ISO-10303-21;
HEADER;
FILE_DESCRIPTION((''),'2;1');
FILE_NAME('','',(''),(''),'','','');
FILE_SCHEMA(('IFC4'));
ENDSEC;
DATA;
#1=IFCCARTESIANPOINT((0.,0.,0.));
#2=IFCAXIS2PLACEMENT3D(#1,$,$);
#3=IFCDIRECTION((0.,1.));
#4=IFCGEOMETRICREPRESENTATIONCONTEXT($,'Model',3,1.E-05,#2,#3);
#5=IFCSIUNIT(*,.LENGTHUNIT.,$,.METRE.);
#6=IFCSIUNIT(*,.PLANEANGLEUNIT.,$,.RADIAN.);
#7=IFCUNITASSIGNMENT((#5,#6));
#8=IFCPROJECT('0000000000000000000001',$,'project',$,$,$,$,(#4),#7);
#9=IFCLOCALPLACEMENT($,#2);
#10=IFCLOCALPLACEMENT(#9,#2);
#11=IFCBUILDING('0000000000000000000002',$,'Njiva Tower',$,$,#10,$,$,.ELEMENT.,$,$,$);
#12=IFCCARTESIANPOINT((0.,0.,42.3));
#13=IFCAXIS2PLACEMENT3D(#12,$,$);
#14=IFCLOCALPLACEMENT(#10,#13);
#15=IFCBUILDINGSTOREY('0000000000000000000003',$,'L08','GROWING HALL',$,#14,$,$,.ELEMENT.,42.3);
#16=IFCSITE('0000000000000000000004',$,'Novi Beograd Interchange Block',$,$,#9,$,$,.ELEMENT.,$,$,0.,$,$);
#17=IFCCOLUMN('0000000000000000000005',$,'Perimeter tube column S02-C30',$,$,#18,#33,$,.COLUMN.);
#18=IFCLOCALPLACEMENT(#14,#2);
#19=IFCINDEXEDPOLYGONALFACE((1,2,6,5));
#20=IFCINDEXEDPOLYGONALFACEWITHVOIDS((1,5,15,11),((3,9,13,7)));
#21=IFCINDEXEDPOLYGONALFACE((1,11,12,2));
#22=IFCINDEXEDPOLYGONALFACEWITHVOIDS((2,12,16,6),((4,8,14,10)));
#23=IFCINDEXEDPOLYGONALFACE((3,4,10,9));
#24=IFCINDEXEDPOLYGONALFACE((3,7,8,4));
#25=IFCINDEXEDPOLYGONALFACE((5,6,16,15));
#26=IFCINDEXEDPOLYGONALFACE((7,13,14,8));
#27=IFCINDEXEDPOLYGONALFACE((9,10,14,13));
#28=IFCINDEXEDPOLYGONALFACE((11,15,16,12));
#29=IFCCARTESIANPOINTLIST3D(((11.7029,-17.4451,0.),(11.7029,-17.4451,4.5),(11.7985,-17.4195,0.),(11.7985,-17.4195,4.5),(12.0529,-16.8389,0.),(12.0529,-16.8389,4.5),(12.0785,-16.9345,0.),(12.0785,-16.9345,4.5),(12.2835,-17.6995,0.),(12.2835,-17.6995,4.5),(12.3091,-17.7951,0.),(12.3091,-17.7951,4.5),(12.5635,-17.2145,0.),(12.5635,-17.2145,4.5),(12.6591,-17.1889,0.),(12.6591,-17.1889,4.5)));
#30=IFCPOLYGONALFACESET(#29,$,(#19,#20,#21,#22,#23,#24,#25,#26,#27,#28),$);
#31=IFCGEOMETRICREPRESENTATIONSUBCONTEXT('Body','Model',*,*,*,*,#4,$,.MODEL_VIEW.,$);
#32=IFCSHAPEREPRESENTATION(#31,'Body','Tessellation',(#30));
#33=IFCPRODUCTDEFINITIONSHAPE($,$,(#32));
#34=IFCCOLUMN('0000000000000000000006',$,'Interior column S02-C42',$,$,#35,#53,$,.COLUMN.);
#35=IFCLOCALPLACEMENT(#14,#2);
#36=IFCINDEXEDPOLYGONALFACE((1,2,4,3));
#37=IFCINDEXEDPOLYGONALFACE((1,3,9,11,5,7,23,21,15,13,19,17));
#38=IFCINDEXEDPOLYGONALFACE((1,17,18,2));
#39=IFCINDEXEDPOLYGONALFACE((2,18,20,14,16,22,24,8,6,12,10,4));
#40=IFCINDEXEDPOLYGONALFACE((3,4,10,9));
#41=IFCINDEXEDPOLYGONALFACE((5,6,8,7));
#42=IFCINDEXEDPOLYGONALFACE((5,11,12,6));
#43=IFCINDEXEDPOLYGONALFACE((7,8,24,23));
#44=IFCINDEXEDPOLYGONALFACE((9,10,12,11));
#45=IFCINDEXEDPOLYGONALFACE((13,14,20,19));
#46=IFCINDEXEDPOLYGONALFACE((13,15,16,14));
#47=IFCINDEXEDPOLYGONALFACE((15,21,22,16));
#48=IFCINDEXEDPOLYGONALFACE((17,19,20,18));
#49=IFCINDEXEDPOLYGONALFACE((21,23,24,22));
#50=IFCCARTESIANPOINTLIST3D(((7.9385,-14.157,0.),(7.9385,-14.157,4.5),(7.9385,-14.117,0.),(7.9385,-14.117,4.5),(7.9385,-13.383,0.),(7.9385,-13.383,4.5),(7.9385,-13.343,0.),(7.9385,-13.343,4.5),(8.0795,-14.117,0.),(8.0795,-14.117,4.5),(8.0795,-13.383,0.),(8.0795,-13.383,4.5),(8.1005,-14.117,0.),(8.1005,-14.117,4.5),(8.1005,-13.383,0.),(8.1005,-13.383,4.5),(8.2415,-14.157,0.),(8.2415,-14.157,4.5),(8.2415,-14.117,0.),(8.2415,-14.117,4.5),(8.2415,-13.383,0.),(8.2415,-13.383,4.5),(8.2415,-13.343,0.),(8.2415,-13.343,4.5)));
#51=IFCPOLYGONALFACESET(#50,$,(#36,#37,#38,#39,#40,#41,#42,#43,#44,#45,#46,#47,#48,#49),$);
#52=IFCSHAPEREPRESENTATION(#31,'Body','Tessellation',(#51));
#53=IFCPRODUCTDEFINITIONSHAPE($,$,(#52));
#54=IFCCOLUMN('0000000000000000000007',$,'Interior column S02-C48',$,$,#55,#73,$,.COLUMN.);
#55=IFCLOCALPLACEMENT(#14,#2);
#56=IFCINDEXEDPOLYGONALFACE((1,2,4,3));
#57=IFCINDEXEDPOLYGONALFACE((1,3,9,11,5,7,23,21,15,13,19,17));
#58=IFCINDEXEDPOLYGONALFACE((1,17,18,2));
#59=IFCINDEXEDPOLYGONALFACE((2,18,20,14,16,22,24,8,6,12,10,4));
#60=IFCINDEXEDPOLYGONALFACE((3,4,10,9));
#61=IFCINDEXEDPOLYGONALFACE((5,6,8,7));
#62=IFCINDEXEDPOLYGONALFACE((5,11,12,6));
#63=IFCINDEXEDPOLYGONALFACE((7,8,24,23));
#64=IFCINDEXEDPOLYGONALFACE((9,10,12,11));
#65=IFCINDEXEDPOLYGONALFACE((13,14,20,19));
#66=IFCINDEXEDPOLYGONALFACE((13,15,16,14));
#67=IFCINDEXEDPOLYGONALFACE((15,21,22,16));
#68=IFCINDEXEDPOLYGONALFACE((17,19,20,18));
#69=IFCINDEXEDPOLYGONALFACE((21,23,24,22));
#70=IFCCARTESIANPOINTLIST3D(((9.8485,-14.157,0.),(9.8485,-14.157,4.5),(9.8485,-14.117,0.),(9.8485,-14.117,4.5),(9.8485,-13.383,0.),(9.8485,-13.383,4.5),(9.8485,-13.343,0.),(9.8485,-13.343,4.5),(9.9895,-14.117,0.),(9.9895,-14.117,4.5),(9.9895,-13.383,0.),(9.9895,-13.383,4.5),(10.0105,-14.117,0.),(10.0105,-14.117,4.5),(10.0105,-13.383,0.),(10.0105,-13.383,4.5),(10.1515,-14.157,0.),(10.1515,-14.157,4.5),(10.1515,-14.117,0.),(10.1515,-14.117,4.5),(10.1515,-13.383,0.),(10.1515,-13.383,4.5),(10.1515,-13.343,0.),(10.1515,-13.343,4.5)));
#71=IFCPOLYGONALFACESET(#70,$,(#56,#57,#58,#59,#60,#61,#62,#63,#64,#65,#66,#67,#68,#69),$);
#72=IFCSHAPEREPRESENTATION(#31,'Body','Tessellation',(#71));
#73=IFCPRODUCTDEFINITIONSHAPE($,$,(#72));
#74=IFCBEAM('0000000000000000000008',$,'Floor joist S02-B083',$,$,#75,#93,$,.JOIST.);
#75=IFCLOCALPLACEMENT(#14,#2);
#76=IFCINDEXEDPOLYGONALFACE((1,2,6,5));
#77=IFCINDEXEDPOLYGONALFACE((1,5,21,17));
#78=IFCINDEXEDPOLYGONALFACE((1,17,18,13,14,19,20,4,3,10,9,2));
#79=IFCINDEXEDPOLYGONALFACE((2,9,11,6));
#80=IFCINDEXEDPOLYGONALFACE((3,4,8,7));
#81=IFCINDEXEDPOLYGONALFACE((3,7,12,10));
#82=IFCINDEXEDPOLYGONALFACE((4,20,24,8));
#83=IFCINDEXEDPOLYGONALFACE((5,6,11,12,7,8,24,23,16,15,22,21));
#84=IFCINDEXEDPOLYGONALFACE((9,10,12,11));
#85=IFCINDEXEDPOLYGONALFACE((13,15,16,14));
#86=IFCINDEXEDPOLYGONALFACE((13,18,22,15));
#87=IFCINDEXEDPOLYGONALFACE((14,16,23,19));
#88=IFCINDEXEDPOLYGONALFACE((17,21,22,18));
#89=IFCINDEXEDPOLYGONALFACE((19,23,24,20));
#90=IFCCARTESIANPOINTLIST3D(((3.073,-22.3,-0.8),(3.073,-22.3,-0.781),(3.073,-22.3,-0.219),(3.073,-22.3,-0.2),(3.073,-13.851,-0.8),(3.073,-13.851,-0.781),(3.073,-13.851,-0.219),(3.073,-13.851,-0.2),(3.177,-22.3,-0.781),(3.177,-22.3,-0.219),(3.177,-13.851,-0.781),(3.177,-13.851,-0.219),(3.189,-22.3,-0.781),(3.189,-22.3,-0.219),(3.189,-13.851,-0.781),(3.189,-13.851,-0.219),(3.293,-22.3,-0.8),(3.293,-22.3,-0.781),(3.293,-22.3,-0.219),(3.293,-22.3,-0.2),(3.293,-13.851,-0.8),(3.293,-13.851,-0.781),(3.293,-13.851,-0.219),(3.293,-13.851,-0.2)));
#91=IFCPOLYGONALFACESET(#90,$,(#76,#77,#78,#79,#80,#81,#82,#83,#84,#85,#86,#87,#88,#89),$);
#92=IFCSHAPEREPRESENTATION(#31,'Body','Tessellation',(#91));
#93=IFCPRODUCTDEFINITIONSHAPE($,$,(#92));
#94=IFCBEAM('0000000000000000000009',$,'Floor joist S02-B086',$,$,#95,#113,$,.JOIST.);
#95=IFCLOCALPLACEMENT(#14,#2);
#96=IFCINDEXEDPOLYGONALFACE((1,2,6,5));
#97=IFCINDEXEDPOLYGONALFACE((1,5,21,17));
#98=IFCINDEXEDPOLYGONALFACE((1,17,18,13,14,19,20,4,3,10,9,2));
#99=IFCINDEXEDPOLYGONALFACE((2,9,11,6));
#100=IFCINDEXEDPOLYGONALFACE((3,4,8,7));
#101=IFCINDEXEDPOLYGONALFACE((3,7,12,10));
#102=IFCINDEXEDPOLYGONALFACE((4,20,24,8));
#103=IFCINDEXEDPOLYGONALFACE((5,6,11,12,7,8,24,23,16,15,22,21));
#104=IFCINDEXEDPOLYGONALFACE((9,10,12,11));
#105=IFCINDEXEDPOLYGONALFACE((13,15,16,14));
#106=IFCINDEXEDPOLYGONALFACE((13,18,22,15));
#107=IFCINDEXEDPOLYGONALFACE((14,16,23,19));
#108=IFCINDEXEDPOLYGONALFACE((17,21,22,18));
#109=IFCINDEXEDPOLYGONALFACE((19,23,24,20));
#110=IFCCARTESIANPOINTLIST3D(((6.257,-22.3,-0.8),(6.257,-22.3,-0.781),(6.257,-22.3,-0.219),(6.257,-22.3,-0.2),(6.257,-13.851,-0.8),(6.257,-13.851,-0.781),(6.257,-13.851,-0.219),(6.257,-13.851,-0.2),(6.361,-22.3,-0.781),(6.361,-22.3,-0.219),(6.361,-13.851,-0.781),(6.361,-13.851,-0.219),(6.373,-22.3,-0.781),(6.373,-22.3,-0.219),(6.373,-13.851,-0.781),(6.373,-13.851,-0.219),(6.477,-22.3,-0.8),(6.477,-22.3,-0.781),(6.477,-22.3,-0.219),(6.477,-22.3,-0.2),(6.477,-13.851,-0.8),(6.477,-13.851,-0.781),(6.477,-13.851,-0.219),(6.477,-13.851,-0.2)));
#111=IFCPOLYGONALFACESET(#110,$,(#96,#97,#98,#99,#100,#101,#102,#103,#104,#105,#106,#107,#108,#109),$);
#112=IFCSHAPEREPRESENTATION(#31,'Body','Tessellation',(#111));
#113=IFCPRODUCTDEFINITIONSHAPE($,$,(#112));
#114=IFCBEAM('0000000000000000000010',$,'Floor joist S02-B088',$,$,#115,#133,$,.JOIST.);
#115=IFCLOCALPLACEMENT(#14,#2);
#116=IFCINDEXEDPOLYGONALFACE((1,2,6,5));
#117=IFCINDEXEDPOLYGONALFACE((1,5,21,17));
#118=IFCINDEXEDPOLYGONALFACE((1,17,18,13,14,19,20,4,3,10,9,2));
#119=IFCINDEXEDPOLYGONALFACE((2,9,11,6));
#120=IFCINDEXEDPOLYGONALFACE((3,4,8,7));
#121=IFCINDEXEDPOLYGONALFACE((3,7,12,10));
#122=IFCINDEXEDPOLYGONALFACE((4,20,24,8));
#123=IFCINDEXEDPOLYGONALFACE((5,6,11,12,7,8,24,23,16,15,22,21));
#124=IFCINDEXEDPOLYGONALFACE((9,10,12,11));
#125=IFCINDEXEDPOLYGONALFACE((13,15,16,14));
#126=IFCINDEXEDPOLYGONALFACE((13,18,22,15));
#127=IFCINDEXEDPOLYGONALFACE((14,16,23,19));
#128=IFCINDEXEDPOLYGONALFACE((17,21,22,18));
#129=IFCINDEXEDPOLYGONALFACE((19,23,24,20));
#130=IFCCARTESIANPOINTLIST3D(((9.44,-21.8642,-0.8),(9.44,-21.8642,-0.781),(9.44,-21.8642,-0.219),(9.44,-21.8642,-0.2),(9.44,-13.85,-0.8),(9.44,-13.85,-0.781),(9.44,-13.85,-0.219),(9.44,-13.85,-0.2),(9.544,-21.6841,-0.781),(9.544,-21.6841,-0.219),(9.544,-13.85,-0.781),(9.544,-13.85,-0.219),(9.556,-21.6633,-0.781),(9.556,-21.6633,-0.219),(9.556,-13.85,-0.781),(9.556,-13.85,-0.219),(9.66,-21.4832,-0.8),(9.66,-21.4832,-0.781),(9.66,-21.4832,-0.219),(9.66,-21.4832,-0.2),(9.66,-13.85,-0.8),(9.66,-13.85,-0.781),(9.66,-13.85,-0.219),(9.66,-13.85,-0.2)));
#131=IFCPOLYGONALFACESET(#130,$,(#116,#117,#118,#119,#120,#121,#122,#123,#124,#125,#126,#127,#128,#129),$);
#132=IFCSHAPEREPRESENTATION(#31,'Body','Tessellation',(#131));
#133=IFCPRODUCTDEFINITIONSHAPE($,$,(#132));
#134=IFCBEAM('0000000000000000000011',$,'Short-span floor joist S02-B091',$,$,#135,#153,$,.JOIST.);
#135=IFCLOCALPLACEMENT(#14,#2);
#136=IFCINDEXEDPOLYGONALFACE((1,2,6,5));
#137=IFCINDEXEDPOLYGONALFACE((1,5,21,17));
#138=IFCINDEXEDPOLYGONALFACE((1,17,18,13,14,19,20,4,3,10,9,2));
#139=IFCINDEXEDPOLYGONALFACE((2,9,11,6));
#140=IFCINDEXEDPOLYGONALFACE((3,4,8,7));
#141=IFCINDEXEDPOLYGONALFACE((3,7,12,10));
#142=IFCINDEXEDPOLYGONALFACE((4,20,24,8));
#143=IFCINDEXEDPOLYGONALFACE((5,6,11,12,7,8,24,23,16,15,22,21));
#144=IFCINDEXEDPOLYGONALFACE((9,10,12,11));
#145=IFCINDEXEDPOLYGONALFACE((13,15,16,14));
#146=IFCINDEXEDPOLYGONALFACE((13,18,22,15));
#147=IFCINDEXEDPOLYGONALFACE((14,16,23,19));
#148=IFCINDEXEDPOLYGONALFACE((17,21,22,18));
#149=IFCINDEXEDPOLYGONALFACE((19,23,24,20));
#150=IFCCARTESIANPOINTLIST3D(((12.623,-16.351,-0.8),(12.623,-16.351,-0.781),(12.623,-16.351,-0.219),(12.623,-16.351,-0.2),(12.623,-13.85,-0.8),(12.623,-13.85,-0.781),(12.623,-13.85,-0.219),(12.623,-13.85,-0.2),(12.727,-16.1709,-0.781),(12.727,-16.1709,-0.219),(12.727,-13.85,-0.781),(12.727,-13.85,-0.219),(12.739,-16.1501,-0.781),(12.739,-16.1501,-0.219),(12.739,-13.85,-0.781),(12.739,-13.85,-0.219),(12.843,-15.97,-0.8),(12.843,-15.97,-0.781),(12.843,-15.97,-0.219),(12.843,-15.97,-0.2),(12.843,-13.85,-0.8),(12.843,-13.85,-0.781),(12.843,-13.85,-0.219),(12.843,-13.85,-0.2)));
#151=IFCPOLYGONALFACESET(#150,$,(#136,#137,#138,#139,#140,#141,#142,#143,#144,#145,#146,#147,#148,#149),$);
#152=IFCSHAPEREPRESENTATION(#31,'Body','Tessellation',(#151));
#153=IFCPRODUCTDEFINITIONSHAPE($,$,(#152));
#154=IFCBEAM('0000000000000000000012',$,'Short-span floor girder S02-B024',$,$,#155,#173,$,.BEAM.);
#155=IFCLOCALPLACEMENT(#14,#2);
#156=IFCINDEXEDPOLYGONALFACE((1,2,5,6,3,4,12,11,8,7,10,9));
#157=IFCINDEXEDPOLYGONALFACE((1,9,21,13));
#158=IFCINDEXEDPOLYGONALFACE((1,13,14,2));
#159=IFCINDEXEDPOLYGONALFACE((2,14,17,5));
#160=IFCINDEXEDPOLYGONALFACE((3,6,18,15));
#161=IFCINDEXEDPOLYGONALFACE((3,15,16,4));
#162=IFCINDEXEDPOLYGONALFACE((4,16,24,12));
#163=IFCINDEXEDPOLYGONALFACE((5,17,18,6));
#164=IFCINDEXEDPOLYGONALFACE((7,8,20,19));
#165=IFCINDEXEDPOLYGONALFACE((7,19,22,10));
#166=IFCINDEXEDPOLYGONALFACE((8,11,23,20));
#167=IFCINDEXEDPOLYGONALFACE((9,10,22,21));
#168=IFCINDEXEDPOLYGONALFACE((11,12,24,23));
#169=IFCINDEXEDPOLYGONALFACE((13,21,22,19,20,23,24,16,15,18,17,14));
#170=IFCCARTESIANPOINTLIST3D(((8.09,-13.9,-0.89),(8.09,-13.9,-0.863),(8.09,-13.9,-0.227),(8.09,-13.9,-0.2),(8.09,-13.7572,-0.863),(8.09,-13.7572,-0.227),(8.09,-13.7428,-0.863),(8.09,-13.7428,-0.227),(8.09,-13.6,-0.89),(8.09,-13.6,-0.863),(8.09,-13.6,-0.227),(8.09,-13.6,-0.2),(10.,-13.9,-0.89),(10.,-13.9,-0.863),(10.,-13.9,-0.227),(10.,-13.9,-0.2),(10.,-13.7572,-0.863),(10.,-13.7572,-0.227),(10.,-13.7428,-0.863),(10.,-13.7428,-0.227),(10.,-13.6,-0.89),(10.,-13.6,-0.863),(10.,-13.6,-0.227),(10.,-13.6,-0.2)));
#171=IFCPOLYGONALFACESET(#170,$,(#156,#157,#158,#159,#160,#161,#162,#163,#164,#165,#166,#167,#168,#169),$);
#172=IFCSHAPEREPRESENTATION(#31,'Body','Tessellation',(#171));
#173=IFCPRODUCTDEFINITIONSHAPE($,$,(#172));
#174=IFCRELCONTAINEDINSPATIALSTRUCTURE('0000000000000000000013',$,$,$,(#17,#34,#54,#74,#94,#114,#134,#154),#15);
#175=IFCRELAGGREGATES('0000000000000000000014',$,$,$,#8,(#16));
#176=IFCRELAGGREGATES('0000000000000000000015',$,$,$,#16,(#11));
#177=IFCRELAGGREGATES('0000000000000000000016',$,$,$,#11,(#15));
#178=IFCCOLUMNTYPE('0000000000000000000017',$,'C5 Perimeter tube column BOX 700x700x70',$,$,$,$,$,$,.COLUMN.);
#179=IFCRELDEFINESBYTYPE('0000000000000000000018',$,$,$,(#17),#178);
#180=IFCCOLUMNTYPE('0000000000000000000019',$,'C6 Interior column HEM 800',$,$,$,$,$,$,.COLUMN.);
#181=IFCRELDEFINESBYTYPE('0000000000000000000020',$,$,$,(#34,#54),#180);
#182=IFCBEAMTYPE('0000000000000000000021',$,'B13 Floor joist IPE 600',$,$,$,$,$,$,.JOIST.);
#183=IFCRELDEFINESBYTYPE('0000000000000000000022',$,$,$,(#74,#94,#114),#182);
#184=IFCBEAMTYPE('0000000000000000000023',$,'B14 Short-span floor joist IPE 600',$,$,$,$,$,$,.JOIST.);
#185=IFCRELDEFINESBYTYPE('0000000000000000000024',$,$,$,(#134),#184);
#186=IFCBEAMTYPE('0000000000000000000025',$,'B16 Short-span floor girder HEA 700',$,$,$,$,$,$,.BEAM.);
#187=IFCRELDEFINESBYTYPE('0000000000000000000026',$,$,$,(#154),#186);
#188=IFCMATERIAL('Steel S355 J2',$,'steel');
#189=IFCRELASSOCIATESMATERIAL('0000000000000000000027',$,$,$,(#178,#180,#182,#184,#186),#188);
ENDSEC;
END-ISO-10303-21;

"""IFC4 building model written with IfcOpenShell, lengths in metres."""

from ifc_helpers import new_model, si_unit, direction, frame, origin, origin_2d, place, context, subcontext, project, spatial, hollow_rectangle, i_section, extrude, clip, halfspace, material, material_profile, profile_set, type_object, element, save


model = new_model("IFC4")

# Units and contexts
model_context = context("Model", 3, precision=1e-05, world=origin(), true_north=direction((0.0, 1.0)))
body_context = subcontext(model_context, "Body", "Model", "MODEL_VIEW")
ifc_project = project(units=[si_unit("LENGTHUNIT", "METRE"), si_unit("PLANEANGLEUNIT", "RADIAN")], contexts=[model_context])

# Site, building, storey
site_placement = place(None, origin())
site = spatial("IfcSite", under=ifc_project, at=site_placement, Name="Novi Beograd Interchange Block", CompositionType="ELEMENT", RefElevation=0.0)
building_placement = place(site_placement, origin())
building = spatial("IfcBuilding", under=site, at=building_placement, Name="Njiva Tower", CompositionType="ELEMENT")
storey_placement = place(building_placement, frame((0.0, 0.0, 42.3)))
storey = spatial("IfcBuildingStorey", under=building, at=storey_placement, Name="L08", Description="GROWING HALL", CompositionType="ELEMENT", Elevation=42.3)

# Columns
ifc_material_1 = material(Name="Steel S355 J2", Category="steel")
ifc_material_profile_1 = material_profile(ifc_material_1, hollow_rectangle(XDim=0.7, YDim=0.7, WallThickness=0.07, at=origin_2d()), Name="BOX 700x700x70")
ifc_profile_set_1 = profile_set([ifc_material_profile_1], Name="Steel S355 J2")
column_type_1 = type_object("IfcColumnType", Name="C5 Perimeter tube column BOX 700x700x70", PredefinedType="COLUMN", material=ifc_profile_set_1)
column_placement = place(storey_placement, frame((12.181, -17.317, 0.0), z_axis=(0.0, 0.0, 1.0), x_axis=(0.5, 0.866025, 0.0)))
element("IfcColumn", 1, at=column_placement, inside=storey, type_object=column_type_1, Name="Perimeter tube column S02-C30", PredefinedType="COLUMN", context=body_context, shape_type="SweptSolid", body=[
    extrude(hollow_rectangle(XDim=0.7, YDim=0.7, WallThickness=0.07, at=origin_2d()), origin(), (0.0, 0.0, 1.0), 4.5),
])
ifc_material_profile_2 = material_profile(ifc_material_1, i_section(OverallWidth=0.303, OverallDepth=0.814, WebThickness=0.021, FlangeThickness=0.04, at=origin_2d()), Name="HEM 800")
ifc_profile_set_2 = profile_set([ifc_material_profile_2], Name="Steel S355 J2")
column_type_2 = type_object("IfcColumnType", Name="C6 Interior column HEM 800", PredefinedType="COLUMN", material=ifc_profile_set_2)
for number, where, z_axis, x_axis, name in (
    (2, (8.09, -13.75, 0.0), (0.0, 0.0, 1.0), (1.0, 0.0, 0.0), "Interior column S02-C42"),
    (3, (10.0, -13.75, 0.0), (0.0, 0.0, 1.0), (1.0, 0.0, 0.0), "Interior column S02-C48"),
):
    element("IfcColumn", number, at=place(storey_placement, frame(where, z_axis=z_axis, x_axis=x_axis)), inside=storey, type_object=column_type_2, Name=name, PredefinedType="COLUMN", context=body_context, shape_type="SweptSolid", body=[
        extrude(i_section(OverallWidth=0.303, OverallDepth=0.814, WebThickness=0.021, FlangeThickness=0.04, at=origin_2d()), origin(), (0.0, 0.0, 1.0), 4.5),
    ])

# Beams
ifc_material_profile_3 = material_profile(ifc_material_1, i_section(OverallWidth=0.22, OverallDepth=0.6, WebThickness=0.012, FlangeThickness=0.019, at=origin_2d()), Name="IPE 600")
ifc_profile_set_3 = profile_set([ifc_material_profile_3], Name="Steel S355 J2")
beam_type_1 = type_object("IfcBeamType", Name="B13 Floor joist IPE 600", PredefinedType="JOIST", material=ifc_profile_set_3)
for number, where, z_axis, x_axis, name in (
    (4, (3.183, -13.851, -0.5), (0.0, -1.0, 0.0), (1.0, 0.0, 0.0), "Floor joist S02-B083"),
    (5, (6.367, -13.851, -0.5), (0.0, -1.0, 0.0), (1.0, 0.0, 0.0), "Floor joist S02-B086"),
):
    element("IfcBeam", number, at=place(storey_placement, frame(where, z_axis=z_axis, x_axis=x_axis)), inside=storey, type_object=beam_type_1, Name=name, PredefinedType="JOIST", context=body_context, shape_type="SweptSolid", body=[
        extrude(i_section(OverallWidth=0.22, OverallDepth=0.6, WebThickness=0.012, FlangeThickness=0.019, at=origin_2d()), origin(), (0.0, 0.0, 1.0), 8.449),
    ])
beam_1_placement = place(storey_placement, frame((9.55, -13.85, -0.5), z_axis=(0.0, -1.0, 0.0), x_axis=(1.0, 0.0, 0.0)))
element("IfcBeam", 6, at=beam_1_placement, inside=storey, type_object=beam_type_1, Name="Floor joist S02-B088", PredefinedType="JOIST", context=body_context, shape_type="Clipping", body=[
    clip(extrude(i_section(OverallWidth=0.22, OverallDepth=0.6, WebThickness=0.012, FlangeThickness=0.019, at=origin_2d()), origin(), (0.0, 0.0, 1.0), 8.035), halfspace(frame((0.0433, 0.0, 7.7487), z_axis=(0.866027, 0.0, 0.499998), x_axis=(0.0, 1.0, 0.0)), False)),
])
ifc_material_profile_4 = material_profile(ifc_material_1, i_section(OverallWidth=0.22, OverallDepth=0.6, WebThickness=0.012, FlangeThickness=0.019, at=origin_2d()), Name="IPE 600")
ifc_profile_set_4 = profile_set([ifc_material_profile_4], Name="Steel S355 J2")
beam_type_2 = type_object("IfcBeamType", Name="B14 Short-span floor joist IPE 600", PredefinedType="JOIST", material=ifc_profile_set_4)
beam_2_placement = place(storey_placement, frame((12.733, -13.85, -0.5), z_axis=(0.0, -1.0, 0.0), x_axis=(1.0, 0.0, 0.0)))
element("IfcBeam", 7, at=beam_2_placement, inside=storey, type_object=beam_type_2, Name="Short-span floor joist S02-B091", PredefinedType="JOIST", context=body_context, shape_type="Clipping", body=[
    clip(extrude(i_section(OverallWidth=0.22, OverallDepth=0.6, WebThickness=0.012, FlangeThickness=0.019, at=origin_2d()), origin(), (0.0, 0.0, 1.0), 2.521), halfspace(frame((0.0436, 0.0, 2.235), z_axis=(0.866027, 0.0, 0.499998), x_axis=(0.0, 1.0, 0.0)), False)),
])
ifc_material_profile_5 = material_profile(ifc_material_1, i_section(OverallWidth=0.3, OverallDepth=0.69, WebThickness=0.0145, FlangeThickness=0.027, at=origin_2d()), Name="HEA 700")
ifc_profile_set_5 = profile_set([ifc_material_profile_5], Name="Steel S355 J2")
beam_type_3 = type_object("IfcBeamType", Name="B16 Short-span floor girder HEA 700", PredefinedType="BEAM", material=ifc_profile_set_5)
beam_3_placement = place(storey_placement, frame((8.09, -13.75, -0.545), z_axis=(1.0, 0.0, 0.0), x_axis=(0.0, 1.0, 0.0)))
element("IfcBeam", 8, at=beam_3_placement, inside=storey, type_object=beam_type_3, Name="Short-span floor girder S02-B024", PredefinedType="BEAM", context=body_context, shape_type="SweptSolid", body=[
    extrude(i_section(OverallWidth=0.3, OverallDepth=0.69, WebThickness=0.0145, FlangeThickness=0.027, at=origin_2d()), origin(), (0.0, 0.0, 1.0), 1.91),
])

save(model, "model.ifc")
